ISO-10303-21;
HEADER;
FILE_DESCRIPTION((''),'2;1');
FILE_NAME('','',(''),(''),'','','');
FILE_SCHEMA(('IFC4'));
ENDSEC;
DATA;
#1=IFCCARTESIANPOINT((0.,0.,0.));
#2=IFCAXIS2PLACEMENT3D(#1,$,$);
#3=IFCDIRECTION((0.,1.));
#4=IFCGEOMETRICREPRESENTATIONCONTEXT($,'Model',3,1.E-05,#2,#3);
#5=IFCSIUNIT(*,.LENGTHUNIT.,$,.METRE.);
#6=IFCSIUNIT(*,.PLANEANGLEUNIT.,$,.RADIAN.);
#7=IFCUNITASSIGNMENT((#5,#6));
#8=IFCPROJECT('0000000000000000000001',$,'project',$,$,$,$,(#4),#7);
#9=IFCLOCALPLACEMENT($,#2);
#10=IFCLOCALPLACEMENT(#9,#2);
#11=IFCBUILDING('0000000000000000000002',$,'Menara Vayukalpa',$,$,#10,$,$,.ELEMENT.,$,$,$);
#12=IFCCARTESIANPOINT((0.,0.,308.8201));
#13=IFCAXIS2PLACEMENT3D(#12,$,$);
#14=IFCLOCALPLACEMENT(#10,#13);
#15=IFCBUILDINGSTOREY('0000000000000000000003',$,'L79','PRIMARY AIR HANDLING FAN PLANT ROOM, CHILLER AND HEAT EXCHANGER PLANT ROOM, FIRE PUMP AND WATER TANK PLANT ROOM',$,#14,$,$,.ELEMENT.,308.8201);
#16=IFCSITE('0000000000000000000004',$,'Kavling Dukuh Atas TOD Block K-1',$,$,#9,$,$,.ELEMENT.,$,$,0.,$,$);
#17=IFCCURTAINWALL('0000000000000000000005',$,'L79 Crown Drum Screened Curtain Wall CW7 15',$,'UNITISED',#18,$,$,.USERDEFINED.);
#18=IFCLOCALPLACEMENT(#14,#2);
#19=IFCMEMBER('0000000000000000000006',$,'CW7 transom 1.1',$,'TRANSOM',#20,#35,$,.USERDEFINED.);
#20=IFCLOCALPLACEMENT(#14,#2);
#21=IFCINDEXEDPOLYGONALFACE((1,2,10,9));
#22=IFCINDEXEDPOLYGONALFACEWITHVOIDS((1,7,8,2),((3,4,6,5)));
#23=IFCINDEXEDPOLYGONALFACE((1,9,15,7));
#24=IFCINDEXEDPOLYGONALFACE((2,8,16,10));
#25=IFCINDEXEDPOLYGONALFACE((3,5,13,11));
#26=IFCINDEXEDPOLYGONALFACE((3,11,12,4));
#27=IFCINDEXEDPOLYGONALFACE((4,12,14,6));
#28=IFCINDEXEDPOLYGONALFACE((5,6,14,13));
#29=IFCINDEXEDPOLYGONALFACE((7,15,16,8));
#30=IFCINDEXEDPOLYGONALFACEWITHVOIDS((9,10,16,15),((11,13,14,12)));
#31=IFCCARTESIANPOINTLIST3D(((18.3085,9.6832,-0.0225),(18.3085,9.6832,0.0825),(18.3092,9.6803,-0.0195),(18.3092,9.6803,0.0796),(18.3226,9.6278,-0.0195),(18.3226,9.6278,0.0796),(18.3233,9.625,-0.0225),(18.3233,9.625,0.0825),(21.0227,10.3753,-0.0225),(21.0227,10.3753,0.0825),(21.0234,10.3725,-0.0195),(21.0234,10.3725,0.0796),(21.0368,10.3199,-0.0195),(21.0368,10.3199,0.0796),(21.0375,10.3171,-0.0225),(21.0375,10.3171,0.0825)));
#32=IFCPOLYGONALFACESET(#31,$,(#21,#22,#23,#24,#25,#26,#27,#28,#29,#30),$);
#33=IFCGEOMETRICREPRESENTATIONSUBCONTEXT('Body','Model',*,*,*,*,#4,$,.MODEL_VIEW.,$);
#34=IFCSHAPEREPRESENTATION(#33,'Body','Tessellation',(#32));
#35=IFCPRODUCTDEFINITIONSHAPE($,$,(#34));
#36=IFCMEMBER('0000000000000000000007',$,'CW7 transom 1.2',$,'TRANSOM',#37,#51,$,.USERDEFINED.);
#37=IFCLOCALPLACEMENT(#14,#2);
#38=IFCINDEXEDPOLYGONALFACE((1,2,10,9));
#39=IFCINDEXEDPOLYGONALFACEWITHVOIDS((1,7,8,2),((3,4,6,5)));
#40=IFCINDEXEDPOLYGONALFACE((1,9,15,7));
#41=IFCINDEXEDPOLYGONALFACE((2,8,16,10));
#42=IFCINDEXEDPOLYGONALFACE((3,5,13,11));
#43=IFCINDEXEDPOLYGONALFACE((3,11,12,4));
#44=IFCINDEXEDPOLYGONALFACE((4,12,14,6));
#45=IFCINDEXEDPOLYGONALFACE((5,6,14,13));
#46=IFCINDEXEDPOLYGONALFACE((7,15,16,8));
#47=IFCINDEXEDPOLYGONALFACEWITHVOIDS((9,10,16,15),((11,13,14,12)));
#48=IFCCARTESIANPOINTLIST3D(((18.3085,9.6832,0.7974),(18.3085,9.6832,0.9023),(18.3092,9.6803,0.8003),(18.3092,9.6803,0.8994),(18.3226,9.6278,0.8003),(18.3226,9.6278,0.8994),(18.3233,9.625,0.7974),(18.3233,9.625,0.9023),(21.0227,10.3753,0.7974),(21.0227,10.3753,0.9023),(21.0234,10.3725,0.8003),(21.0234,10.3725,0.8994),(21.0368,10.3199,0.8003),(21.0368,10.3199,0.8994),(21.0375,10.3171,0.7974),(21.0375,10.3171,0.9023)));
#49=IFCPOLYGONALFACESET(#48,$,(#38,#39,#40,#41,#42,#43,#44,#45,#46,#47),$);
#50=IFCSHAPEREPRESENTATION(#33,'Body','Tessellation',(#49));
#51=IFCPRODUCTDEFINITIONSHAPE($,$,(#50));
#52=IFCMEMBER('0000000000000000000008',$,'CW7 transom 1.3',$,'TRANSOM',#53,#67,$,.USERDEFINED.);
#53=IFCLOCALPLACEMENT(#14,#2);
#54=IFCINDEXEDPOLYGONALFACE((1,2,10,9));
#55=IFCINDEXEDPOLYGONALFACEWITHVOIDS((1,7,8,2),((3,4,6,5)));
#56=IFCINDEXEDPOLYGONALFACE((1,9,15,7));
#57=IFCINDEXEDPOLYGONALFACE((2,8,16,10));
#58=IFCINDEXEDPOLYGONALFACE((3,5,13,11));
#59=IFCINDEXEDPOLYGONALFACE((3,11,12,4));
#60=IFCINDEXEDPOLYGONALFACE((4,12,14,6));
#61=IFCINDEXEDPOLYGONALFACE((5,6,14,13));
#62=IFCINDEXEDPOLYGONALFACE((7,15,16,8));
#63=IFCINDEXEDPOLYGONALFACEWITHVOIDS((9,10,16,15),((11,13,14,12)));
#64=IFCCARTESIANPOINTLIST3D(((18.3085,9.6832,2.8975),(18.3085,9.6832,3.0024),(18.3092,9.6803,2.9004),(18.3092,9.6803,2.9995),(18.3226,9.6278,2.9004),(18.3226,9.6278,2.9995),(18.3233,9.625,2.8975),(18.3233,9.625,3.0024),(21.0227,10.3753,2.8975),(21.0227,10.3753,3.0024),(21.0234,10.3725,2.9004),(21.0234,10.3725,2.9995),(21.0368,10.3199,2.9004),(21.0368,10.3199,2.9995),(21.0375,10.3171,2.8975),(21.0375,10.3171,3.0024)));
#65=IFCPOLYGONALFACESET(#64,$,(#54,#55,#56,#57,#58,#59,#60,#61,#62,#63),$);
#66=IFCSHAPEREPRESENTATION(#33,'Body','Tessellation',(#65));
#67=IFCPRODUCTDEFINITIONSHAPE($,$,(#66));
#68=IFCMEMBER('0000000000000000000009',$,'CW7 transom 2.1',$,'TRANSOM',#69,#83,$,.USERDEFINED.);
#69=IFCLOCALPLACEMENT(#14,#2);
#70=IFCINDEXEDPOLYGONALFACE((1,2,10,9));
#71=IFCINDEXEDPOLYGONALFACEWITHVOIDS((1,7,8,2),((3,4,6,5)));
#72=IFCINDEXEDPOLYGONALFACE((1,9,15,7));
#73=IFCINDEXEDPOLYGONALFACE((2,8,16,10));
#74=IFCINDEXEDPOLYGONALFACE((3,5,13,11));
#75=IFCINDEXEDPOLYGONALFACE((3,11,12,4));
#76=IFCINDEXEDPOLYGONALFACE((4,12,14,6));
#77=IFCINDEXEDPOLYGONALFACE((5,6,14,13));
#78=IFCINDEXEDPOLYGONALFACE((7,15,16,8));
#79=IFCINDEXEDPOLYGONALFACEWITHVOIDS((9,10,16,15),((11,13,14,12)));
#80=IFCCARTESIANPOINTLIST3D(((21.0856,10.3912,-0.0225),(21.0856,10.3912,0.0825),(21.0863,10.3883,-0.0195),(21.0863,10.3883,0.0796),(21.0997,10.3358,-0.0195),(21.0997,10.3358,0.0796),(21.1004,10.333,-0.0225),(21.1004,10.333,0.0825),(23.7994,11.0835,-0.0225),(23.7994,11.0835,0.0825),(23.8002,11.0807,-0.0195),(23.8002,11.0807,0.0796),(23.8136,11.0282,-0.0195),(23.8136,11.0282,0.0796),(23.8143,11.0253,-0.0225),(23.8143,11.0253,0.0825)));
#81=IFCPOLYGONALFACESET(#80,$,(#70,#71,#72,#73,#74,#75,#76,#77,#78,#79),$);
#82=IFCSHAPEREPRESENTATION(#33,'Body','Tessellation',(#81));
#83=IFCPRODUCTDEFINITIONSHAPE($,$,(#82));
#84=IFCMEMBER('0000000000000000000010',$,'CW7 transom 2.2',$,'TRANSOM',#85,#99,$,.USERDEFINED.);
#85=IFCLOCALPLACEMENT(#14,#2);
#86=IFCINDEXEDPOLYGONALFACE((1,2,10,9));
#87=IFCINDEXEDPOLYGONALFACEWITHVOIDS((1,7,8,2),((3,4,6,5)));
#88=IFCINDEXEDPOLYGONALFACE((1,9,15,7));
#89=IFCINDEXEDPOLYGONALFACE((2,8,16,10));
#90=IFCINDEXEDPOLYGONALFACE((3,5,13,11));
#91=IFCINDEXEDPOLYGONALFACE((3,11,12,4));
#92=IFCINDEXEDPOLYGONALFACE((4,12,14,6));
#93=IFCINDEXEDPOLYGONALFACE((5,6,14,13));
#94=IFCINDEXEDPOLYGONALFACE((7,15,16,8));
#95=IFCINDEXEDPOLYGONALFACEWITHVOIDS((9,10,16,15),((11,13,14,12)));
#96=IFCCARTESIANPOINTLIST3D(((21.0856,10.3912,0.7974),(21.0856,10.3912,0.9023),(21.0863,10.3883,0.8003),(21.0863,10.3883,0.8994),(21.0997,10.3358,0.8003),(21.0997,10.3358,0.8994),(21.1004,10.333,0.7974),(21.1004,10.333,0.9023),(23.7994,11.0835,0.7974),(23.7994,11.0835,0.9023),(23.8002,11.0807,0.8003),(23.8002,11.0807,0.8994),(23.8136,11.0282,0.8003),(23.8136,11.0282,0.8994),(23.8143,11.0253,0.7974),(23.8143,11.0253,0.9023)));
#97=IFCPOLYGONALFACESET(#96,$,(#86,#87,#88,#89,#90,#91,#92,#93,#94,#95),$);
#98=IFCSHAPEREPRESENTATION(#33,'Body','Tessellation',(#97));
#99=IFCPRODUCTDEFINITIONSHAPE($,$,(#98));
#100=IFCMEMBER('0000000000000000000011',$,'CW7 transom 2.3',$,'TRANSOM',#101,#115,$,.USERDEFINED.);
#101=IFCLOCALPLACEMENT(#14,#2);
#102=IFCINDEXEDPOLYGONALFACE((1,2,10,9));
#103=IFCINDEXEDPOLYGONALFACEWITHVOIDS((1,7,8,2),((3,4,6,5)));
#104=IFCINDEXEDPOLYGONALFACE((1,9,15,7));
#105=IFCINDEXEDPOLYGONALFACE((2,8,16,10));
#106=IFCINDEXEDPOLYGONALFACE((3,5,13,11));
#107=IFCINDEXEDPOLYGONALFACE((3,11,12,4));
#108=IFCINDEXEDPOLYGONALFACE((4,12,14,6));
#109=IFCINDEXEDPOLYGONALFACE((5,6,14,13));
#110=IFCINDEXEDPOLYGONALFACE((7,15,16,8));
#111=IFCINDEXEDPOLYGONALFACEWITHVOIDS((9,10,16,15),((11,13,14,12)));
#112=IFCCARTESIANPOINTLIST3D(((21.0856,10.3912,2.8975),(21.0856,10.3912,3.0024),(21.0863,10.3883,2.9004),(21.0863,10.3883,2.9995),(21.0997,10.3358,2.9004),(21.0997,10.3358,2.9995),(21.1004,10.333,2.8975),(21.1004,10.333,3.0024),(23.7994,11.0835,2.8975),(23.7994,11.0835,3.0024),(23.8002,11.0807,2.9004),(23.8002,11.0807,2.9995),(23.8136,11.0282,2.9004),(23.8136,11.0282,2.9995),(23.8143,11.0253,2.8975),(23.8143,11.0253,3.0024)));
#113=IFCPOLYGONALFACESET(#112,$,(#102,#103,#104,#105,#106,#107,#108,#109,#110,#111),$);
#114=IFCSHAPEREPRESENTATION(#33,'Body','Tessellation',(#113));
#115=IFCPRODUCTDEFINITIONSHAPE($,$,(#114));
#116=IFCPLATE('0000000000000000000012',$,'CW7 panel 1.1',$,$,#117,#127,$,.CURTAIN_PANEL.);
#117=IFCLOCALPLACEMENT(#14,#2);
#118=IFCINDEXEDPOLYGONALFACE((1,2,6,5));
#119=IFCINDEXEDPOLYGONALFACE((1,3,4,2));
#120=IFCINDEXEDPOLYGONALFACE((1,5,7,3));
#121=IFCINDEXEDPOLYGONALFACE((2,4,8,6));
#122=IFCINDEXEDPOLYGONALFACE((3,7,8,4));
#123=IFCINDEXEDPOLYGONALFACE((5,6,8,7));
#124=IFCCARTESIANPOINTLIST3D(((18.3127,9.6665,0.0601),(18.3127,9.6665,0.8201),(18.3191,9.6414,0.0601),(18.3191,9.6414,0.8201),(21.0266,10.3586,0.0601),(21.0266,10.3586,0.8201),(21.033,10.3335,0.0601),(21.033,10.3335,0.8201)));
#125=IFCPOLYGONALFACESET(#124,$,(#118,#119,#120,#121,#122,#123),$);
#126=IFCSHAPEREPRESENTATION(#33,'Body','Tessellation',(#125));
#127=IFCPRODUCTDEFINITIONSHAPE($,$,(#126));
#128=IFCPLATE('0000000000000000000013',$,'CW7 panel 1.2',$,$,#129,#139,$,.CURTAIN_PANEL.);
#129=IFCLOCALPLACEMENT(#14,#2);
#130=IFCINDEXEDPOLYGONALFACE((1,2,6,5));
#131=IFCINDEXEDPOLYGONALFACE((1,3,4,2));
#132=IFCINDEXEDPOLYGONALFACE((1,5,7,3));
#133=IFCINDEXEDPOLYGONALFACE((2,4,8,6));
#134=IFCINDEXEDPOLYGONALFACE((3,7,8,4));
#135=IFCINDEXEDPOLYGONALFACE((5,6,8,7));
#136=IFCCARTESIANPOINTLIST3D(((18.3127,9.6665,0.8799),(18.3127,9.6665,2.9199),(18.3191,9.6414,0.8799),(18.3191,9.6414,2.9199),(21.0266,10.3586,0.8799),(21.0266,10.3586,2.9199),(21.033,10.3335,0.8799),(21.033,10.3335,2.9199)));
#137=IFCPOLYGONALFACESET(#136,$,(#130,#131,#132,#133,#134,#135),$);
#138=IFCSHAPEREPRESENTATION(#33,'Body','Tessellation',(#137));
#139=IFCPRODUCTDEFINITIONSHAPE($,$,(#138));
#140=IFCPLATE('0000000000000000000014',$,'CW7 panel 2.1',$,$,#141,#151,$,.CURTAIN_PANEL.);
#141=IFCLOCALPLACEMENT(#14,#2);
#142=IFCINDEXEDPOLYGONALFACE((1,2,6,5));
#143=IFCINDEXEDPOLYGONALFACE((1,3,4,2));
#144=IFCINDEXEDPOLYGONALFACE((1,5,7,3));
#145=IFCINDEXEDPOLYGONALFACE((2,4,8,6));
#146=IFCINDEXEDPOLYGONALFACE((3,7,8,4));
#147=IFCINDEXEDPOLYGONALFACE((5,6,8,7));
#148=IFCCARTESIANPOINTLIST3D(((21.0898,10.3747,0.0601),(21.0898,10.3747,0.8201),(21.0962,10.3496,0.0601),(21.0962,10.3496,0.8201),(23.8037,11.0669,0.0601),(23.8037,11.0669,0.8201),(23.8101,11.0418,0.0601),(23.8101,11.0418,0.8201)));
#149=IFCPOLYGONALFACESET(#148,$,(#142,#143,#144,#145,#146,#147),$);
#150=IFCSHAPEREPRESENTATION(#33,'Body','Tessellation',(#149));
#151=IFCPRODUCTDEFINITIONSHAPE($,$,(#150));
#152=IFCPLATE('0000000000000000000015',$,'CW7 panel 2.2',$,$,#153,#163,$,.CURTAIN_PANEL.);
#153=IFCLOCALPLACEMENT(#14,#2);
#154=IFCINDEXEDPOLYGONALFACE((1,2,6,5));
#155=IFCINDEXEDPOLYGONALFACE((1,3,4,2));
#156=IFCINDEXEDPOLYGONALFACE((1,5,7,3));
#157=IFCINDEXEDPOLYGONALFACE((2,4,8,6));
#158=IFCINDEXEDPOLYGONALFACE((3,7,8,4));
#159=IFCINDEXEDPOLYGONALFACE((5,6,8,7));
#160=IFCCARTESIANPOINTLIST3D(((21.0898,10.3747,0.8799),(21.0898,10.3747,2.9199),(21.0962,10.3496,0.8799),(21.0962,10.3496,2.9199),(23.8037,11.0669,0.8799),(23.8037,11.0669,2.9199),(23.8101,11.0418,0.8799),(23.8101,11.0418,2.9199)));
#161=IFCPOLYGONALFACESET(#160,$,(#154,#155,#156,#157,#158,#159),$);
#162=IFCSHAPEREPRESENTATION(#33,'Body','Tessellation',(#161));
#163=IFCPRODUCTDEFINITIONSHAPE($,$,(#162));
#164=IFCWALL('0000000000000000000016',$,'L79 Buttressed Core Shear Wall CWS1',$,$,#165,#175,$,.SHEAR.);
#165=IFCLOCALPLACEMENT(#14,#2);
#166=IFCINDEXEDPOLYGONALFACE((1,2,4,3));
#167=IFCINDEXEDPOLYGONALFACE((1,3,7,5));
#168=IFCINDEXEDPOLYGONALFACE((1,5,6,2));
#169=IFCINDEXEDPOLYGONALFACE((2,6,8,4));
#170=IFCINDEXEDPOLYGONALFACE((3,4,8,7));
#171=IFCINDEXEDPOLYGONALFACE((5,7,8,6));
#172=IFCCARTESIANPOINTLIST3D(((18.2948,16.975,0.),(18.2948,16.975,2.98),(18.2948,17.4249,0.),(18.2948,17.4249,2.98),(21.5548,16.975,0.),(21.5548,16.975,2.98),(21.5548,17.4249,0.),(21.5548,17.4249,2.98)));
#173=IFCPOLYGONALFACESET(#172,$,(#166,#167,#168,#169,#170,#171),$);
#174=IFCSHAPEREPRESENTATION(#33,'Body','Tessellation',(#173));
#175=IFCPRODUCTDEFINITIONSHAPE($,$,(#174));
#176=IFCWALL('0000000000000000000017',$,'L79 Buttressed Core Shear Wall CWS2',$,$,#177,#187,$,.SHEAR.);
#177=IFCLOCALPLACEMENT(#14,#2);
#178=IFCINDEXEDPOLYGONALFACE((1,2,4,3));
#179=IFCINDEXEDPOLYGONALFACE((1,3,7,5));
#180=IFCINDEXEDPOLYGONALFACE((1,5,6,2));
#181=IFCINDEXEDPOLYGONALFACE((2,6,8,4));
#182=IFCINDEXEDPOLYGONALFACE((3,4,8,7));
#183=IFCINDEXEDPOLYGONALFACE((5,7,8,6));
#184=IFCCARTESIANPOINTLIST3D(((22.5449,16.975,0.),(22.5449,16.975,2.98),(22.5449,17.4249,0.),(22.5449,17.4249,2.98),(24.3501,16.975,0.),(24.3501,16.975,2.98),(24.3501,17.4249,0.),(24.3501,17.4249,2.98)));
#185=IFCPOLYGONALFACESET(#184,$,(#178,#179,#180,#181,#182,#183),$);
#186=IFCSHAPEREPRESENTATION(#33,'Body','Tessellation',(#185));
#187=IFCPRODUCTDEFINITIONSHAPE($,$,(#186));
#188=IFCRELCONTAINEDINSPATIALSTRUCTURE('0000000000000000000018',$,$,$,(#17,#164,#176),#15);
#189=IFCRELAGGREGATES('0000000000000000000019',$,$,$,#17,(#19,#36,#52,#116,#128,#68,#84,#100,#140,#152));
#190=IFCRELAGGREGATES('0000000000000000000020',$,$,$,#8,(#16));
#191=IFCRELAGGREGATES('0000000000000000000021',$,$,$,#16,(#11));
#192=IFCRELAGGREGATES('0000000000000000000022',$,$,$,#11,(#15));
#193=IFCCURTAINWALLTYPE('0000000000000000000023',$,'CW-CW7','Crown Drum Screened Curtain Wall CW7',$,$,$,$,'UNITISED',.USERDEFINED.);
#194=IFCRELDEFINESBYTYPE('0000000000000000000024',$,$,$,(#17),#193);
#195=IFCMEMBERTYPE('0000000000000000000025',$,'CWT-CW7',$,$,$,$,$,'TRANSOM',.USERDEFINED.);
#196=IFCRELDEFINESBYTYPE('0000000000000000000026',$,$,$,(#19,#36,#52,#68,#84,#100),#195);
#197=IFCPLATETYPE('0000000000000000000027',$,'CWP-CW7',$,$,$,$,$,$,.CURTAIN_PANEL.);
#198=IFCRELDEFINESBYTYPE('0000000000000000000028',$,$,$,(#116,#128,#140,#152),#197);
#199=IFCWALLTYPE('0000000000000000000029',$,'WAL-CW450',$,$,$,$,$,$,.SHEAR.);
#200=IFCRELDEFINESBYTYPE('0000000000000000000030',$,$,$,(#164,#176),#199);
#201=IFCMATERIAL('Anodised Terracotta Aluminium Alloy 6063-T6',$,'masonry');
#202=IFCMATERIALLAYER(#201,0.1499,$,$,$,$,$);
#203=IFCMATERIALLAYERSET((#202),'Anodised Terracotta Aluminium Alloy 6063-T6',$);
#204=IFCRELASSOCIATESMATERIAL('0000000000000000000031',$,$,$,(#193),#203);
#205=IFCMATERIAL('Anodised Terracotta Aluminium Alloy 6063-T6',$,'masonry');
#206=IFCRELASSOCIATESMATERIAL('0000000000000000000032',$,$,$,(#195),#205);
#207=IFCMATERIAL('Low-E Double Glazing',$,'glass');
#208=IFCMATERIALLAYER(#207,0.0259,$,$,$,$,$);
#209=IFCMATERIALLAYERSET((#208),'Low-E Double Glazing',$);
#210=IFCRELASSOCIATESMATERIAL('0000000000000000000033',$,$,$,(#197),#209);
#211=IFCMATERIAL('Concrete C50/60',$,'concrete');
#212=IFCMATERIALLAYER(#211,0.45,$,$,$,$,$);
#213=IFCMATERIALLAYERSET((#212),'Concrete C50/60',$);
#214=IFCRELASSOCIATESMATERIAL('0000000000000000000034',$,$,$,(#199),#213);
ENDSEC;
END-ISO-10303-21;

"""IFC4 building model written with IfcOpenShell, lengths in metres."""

from ifc_helpers import new_model, si_unit, direction, frame, frame_2d, origin, origin_2d, place, context, subcontext, project, spatial, rectangle, hollow_rectangle, extrude, material, layer, layer_set, material_profile, profile_set, type_object, element, aggregate, save


model = new_model("IFC4")

# Units and contexts
model_context = context("Model", 3, precision=1e-05, world=origin(), true_north=direction((0.0, 1.0)))
body_context = subcontext(model_context, "Body", "Model", "MODEL_VIEW")
ifc_project = project(units=[si_unit("LENGTHUNIT", "METRE"), si_unit("PLANEANGLEUNIT", "RADIAN")], contexts=[model_context])

# Site, building, storey
site_placement = place(None, origin())
site = spatial("IfcSite", under=ifc_project, at=site_placement, Name="Kavling Dukuh Atas TOD Block K-1", CompositionType="ELEMENT", RefElevation=0.0)
building_placement = place(site_placement, origin())
building = spatial("IfcBuilding", under=site, at=building_placement, Name="Menara Vayukalpa", CompositionType="ELEMENT")
storey_placement = place(building_placement, frame((0.0, 0.0, 308.8201)))
storey = spatial("IfcBuildingStorey", under=building, at=storey_placement, Name="L79", Description="PRIMARY AIR HANDLING FAN PLANT ROOM, CHILLER AND HEAT EXCHANGER PLANT ROOM, FIRE PUMP AND WATER TANK PLANT ROOM", CompositionType="ELEMENT", Elevation=308.8201)

# Curtain wall, members, plates
ifc_material_1 = material(Name="Anodised Terracotta Aluminium Alloy 6063-T6", Category="masonry")
ifc_layer_1 = layer(ifc_material_1, 0.1499)
ifc_layer_set_1 = layer_set([ifc_layer_1], Name="Anodised Terracotta Aluminium Alloy 6063-T6")
curtain_wall_type = type_object("IfcCurtainWallType", Name="CW-CW7", Description="Crown Drum Screened Curtain Wall CW7", ElementType="UNITISED", PredefinedType="USERDEFINED", material=ifc_layer_set_1)
curtain_wall_placement = place(storey_placement, origin())
curtain_wall = element("IfcCurtainWall", 1, at=curtain_wall_placement, inside=storey, type_object=curtain_wall_type, Name="L79 Crown Drum Screened Curtain Wall CW7 15", ObjectType="UNITISED", PredefinedType="USERDEFINED")
ifc_material_2 = material(Name="Anodised Terracotta Aluminium Alloy 6063-T6", Category="masonry")
ifc_material_profile_1 = material_profile(ifc_material_2, hollow_rectangle(XDim=0.0601, YDim=0.105, WallThickness=0.0029, at=origin_2d()), Name="ALU 60x105x3")
ifc_profile_set_1 = profile_set([ifc_material_profile_1], Name="Anodised Terracotta Aluminium Alloy 6063-T6")
member_type_1 = type_object("IfcMemberType", Name="CWT-CW7", ElementType="TRANSOM", PredefinedType="USERDEFINED", material=ifc_profile_set_1)
member_1_placement = place(storey_placement, frame((18.3159, 9.6541, 0.03), z_axis=(0.968988, 0.247106, 0.0), x_axis=(-0.247106, 0.968988, 0.0)))
member_1 = element("IfcMember", 2, at=member_1_placement, type_object=member_type_1, Name="CW7 transom 1.1", ObjectType="TRANSOM", PredefinedType="USERDEFINED", context=body_context, shape_type="SweptSolid", body=[
    extrude(hollow_rectangle(XDim=0.0601, YDim=0.105, WallThickness=0.0029, at=origin_2d()), origin(), (0.0, 0.0, 1.0), 2.801),
])
member_2_placement = place(storey_placement, frame((18.3159, 9.6541, 0.8499), z_axis=(0.968988, 0.247106, 0.0), x_axis=(-0.247106, 0.968988, 0.0)))
member_2 = element("IfcMember", 3, at=member_2_placement, type_object=member_type_1, Name="CW7 transom 1.2", ObjectType="TRANSOM", PredefinedType="USERDEFINED", context=body_context, shape_type="SweptSolid", body=[
    extrude(hollow_rectangle(XDim=0.0601, YDim=0.105, WallThickness=0.0029, at=origin_2d()), origin(), (0.0, 0.0, 1.0), 2.801),
])
member_3_placement = place(storey_placement, frame((18.3159, 9.6541, 2.95), z_axis=(0.968988, 0.247106, 0.0), x_axis=(-0.247106, 0.968988, 0.0)))
member_3 = element("IfcMember", 4, at=member_3_placement, type_object=member_type_1, Name="CW7 transom 1.3", ObjectType="TRANSOM", PredefinedType="USERDEFINED", context=body_context, shape_type="SweptSolid", body=[
    extrude(hollow_rectangle(XDim=0.0601, YDim=0.105, WallThickness=0.0029, at=origin_2d()), origin(), (0.0, 0.0, 1.0), 2.801),
])
member_4_placement = place(storey_placement, frame((21.093, 10.3621, 0.03), z_axis=(0.968962, 0.247209, 0.0), x_axis=(-0.247209, 0.968962, 0.0)))
member_4 = element("IfcMember", 5, at=member_4_placement, type_object=member_type_1, Name="CW7 transom 2.1", ObjectType="TRANSOM", PredefinedType="USERDEFINED", context=body_context, shape_type="SweptSolid", body=[
    extrude(hollow_rectangle(XDim=0.0601, YDim=0.105, WallThickness=0.0029, at=origin_2d()), origin(), (0.0, 0.0, 1.0), 2.8008),
])
member_5_placement = place(storey_placement, frame((21.093, 10.3621, 0.8499), z_axis=(0.968962, 0.247209, 0.0), x_axis=(-0.247209, 0.968962, 0.0)))
member_5 = element("IfcMember", 6, at=member_5_placement, type_object=member_type_1, Name="CW7 transom 2.2", ObjectType="TRANSOM", PredefinedType="USERDEFINED", context=body_context, shape_type="SweptSolid", body=[
    extrude(hollow_rectangle(XDim=0.0601, YDim=0.105, WallThickness=0.0029, at=origin_2d()), origin(), (0.0, 0.0, 1.0), 2.8008),
])
member_6_placement = place(storey_placement, frame((21.093, 10.3621, 2.95), z_axis=(0.968962, 0.247209, 0.0), x_axis=(-0.247209, 0.968962, 0.0)))
member_6 = element("IfcMember", 7, at=member_6_placement, type_object=member_type_1, Name="CW7 transom 2.3", ObjectType="TRANSOM", PredefinedType="USERDEFINED", context=body_context, shape_type="SweptSolid", body=[
    extrude(hollow_rectangle(XDim=0.0601, YDim=0.105, WallThickness=0.0029, at=origin_2d()), origin(), (0.0, 0.0, 1.0), 2.8008),
])
ifc_material_3 = material(Name="Low-E Double Glazing", Category="glass")
ifc_layer_2 = layer(ifc_material_3, 0.0259)
ifc_layer_set_2 = layer_set([ifc_layer_2], Name="Low-E Double Glazing")
plate_type = type_object("IfcPlateType", Name="CWP-CW7", PredefinedType="CURTAIN_PANEL", material=ifc_layer_set_2)
plate_1_placement = place(storey_placement, frame((19.6729, 10.0, 0.0601), z_axis=(0.0, 0.0, 1.0), x_axis=(0.968984, 0.247124, 0.0)))
plate_1 = element("IfcPlate", 8, at=plate_1_placement, type_object=plate_type, Name="CW7 panel 1.1", PredefinedType="CURTAIN_PANEL", context=body_context, shape_type="SweptSolid", body=[
    extrude(rectangle(XDim=2.8008, YDim=0.0259, at=origin_2d()), origin(), (0.0, 0.0, 1.0), 0.76),
])
plate_2_placement = place(storey_placement, frame((19.6729, 10.0, 0.8799), z_axis=(0.0, 0.0, 1.0), x_axis=(0.968984, 0.247124, 0.0)))
plate_2 = element("IfcPlate", 9, at=plate_2_placement, type_object=plate_type, Name="CW7 panel 1.2", PredefinedType="CURTAIN_PANEL", context=body_context, shape_type="SweptSolid", body=[
    extrude(rectangle(XDim=2.8008, YDim=0.0259, at=origin_2d()), origin(), (0.0, 0.0, 1.0), 2.04),
])
plate_3_placement = place(storey_placement, frame((22.45, 10.7083, 0.0601), z_axis=(0.0, 0.0, 1.0), x_axis=(0.968984, 0.247124, 0.0)))
plate_3 = element("IfcPlate", 10, at=plate_3_placement, type_object=plate_type, Name="CW7 panel 2.1", PredefinedType="CURTAIN_PANEL", context=body_context, shape_type="SweptSolid", body=[
    extrude(rectangle(XDim=2.8008, YDim=0.0259, at=origin_2d()), origin(), (0.0, 0.0, 1.0), 0.76),
])
plate_4_placement = place(storey_placement, frame((22.45, 10.7083, 0.8799), z_axis=(0.0, 0.0, 1.0), x_axis=(0.968984, 0.247124, 0.0)))
plate_4 = element("IfcPlate", 11, at=plate_4_placement, type_object=plate_type, Name="CW7 panel 2.2", PredefinedType="CURTAIN_PANEL", context=body_context, shape_type="SweptSolid", body=[
    extrude(rectangle(XDim=2.8008, YDim=0.0259, at=origin_2d()), origin(), (0.0, 0.0, 1.0), 2.04),
])
aggregate(curtain_wall, [member_1, member_2, member_3, plate_1, plate_2, member_4, member_5, member_6, plate_3, plate_4])

# Walls
ifc_material_4 = material(Name="Concrete C50/60", Category="concrete")
ifc_layer_3 = layer(ifc_material_4, 0.45)
ifc_layer_set_3 = layer_set([ifc_layer_3], Name="Concrete C50/60")
wall_type_1 = type_object("IfcWallType", Name="WAL-CW450", PredefinedType="SHEAR", material=ifc_layer_set_3)
wall_1_placement = place(storey_placement, frame((18.2949, 17.2, 0.0), z_axis=(0.0, 0.0, 1.0), x_axis=(1.0, 0.0, 0.0)))
element("IfcWall", 12, at=wall_1_placement, inside=storey, type_object=wall_type_1, Name="L79 Buttressed Core Shear Wall CWS1", PredefinedType="SHEAR", context=body_context, shape_type="SweptSolid", body=[
    extrude(rectangle(XDim=3.26, YDim=0.45, at=frame_2d((1.6299, 0.0))), origin(), (0.0, 0.0, 1.0), 2.98),
])
wall_2_placement = place(storey_placement, frame((22.5449, 17.2, 0.0), z_axis=(0.0, 0.0, 1.0), x_axis=(1.0, 0.0, 0.0)))
element("IfcWall", 13, at=wall_2_placement, inside=storey, type_object=wall_type_1, Name="L79 Buttressed Core Shear Wall CWS2", PredefinedType="SHEAR", context=body_context, shape_type="SweptSolid", body=[
    extrude(rectangle(XDim=1.8052, YDim=0.45, at=frame_2d((0.9026, 0.0))), origin(), (0.0, 0.0, 1.0), 2.98),
])

save(model, "model.ifc")
